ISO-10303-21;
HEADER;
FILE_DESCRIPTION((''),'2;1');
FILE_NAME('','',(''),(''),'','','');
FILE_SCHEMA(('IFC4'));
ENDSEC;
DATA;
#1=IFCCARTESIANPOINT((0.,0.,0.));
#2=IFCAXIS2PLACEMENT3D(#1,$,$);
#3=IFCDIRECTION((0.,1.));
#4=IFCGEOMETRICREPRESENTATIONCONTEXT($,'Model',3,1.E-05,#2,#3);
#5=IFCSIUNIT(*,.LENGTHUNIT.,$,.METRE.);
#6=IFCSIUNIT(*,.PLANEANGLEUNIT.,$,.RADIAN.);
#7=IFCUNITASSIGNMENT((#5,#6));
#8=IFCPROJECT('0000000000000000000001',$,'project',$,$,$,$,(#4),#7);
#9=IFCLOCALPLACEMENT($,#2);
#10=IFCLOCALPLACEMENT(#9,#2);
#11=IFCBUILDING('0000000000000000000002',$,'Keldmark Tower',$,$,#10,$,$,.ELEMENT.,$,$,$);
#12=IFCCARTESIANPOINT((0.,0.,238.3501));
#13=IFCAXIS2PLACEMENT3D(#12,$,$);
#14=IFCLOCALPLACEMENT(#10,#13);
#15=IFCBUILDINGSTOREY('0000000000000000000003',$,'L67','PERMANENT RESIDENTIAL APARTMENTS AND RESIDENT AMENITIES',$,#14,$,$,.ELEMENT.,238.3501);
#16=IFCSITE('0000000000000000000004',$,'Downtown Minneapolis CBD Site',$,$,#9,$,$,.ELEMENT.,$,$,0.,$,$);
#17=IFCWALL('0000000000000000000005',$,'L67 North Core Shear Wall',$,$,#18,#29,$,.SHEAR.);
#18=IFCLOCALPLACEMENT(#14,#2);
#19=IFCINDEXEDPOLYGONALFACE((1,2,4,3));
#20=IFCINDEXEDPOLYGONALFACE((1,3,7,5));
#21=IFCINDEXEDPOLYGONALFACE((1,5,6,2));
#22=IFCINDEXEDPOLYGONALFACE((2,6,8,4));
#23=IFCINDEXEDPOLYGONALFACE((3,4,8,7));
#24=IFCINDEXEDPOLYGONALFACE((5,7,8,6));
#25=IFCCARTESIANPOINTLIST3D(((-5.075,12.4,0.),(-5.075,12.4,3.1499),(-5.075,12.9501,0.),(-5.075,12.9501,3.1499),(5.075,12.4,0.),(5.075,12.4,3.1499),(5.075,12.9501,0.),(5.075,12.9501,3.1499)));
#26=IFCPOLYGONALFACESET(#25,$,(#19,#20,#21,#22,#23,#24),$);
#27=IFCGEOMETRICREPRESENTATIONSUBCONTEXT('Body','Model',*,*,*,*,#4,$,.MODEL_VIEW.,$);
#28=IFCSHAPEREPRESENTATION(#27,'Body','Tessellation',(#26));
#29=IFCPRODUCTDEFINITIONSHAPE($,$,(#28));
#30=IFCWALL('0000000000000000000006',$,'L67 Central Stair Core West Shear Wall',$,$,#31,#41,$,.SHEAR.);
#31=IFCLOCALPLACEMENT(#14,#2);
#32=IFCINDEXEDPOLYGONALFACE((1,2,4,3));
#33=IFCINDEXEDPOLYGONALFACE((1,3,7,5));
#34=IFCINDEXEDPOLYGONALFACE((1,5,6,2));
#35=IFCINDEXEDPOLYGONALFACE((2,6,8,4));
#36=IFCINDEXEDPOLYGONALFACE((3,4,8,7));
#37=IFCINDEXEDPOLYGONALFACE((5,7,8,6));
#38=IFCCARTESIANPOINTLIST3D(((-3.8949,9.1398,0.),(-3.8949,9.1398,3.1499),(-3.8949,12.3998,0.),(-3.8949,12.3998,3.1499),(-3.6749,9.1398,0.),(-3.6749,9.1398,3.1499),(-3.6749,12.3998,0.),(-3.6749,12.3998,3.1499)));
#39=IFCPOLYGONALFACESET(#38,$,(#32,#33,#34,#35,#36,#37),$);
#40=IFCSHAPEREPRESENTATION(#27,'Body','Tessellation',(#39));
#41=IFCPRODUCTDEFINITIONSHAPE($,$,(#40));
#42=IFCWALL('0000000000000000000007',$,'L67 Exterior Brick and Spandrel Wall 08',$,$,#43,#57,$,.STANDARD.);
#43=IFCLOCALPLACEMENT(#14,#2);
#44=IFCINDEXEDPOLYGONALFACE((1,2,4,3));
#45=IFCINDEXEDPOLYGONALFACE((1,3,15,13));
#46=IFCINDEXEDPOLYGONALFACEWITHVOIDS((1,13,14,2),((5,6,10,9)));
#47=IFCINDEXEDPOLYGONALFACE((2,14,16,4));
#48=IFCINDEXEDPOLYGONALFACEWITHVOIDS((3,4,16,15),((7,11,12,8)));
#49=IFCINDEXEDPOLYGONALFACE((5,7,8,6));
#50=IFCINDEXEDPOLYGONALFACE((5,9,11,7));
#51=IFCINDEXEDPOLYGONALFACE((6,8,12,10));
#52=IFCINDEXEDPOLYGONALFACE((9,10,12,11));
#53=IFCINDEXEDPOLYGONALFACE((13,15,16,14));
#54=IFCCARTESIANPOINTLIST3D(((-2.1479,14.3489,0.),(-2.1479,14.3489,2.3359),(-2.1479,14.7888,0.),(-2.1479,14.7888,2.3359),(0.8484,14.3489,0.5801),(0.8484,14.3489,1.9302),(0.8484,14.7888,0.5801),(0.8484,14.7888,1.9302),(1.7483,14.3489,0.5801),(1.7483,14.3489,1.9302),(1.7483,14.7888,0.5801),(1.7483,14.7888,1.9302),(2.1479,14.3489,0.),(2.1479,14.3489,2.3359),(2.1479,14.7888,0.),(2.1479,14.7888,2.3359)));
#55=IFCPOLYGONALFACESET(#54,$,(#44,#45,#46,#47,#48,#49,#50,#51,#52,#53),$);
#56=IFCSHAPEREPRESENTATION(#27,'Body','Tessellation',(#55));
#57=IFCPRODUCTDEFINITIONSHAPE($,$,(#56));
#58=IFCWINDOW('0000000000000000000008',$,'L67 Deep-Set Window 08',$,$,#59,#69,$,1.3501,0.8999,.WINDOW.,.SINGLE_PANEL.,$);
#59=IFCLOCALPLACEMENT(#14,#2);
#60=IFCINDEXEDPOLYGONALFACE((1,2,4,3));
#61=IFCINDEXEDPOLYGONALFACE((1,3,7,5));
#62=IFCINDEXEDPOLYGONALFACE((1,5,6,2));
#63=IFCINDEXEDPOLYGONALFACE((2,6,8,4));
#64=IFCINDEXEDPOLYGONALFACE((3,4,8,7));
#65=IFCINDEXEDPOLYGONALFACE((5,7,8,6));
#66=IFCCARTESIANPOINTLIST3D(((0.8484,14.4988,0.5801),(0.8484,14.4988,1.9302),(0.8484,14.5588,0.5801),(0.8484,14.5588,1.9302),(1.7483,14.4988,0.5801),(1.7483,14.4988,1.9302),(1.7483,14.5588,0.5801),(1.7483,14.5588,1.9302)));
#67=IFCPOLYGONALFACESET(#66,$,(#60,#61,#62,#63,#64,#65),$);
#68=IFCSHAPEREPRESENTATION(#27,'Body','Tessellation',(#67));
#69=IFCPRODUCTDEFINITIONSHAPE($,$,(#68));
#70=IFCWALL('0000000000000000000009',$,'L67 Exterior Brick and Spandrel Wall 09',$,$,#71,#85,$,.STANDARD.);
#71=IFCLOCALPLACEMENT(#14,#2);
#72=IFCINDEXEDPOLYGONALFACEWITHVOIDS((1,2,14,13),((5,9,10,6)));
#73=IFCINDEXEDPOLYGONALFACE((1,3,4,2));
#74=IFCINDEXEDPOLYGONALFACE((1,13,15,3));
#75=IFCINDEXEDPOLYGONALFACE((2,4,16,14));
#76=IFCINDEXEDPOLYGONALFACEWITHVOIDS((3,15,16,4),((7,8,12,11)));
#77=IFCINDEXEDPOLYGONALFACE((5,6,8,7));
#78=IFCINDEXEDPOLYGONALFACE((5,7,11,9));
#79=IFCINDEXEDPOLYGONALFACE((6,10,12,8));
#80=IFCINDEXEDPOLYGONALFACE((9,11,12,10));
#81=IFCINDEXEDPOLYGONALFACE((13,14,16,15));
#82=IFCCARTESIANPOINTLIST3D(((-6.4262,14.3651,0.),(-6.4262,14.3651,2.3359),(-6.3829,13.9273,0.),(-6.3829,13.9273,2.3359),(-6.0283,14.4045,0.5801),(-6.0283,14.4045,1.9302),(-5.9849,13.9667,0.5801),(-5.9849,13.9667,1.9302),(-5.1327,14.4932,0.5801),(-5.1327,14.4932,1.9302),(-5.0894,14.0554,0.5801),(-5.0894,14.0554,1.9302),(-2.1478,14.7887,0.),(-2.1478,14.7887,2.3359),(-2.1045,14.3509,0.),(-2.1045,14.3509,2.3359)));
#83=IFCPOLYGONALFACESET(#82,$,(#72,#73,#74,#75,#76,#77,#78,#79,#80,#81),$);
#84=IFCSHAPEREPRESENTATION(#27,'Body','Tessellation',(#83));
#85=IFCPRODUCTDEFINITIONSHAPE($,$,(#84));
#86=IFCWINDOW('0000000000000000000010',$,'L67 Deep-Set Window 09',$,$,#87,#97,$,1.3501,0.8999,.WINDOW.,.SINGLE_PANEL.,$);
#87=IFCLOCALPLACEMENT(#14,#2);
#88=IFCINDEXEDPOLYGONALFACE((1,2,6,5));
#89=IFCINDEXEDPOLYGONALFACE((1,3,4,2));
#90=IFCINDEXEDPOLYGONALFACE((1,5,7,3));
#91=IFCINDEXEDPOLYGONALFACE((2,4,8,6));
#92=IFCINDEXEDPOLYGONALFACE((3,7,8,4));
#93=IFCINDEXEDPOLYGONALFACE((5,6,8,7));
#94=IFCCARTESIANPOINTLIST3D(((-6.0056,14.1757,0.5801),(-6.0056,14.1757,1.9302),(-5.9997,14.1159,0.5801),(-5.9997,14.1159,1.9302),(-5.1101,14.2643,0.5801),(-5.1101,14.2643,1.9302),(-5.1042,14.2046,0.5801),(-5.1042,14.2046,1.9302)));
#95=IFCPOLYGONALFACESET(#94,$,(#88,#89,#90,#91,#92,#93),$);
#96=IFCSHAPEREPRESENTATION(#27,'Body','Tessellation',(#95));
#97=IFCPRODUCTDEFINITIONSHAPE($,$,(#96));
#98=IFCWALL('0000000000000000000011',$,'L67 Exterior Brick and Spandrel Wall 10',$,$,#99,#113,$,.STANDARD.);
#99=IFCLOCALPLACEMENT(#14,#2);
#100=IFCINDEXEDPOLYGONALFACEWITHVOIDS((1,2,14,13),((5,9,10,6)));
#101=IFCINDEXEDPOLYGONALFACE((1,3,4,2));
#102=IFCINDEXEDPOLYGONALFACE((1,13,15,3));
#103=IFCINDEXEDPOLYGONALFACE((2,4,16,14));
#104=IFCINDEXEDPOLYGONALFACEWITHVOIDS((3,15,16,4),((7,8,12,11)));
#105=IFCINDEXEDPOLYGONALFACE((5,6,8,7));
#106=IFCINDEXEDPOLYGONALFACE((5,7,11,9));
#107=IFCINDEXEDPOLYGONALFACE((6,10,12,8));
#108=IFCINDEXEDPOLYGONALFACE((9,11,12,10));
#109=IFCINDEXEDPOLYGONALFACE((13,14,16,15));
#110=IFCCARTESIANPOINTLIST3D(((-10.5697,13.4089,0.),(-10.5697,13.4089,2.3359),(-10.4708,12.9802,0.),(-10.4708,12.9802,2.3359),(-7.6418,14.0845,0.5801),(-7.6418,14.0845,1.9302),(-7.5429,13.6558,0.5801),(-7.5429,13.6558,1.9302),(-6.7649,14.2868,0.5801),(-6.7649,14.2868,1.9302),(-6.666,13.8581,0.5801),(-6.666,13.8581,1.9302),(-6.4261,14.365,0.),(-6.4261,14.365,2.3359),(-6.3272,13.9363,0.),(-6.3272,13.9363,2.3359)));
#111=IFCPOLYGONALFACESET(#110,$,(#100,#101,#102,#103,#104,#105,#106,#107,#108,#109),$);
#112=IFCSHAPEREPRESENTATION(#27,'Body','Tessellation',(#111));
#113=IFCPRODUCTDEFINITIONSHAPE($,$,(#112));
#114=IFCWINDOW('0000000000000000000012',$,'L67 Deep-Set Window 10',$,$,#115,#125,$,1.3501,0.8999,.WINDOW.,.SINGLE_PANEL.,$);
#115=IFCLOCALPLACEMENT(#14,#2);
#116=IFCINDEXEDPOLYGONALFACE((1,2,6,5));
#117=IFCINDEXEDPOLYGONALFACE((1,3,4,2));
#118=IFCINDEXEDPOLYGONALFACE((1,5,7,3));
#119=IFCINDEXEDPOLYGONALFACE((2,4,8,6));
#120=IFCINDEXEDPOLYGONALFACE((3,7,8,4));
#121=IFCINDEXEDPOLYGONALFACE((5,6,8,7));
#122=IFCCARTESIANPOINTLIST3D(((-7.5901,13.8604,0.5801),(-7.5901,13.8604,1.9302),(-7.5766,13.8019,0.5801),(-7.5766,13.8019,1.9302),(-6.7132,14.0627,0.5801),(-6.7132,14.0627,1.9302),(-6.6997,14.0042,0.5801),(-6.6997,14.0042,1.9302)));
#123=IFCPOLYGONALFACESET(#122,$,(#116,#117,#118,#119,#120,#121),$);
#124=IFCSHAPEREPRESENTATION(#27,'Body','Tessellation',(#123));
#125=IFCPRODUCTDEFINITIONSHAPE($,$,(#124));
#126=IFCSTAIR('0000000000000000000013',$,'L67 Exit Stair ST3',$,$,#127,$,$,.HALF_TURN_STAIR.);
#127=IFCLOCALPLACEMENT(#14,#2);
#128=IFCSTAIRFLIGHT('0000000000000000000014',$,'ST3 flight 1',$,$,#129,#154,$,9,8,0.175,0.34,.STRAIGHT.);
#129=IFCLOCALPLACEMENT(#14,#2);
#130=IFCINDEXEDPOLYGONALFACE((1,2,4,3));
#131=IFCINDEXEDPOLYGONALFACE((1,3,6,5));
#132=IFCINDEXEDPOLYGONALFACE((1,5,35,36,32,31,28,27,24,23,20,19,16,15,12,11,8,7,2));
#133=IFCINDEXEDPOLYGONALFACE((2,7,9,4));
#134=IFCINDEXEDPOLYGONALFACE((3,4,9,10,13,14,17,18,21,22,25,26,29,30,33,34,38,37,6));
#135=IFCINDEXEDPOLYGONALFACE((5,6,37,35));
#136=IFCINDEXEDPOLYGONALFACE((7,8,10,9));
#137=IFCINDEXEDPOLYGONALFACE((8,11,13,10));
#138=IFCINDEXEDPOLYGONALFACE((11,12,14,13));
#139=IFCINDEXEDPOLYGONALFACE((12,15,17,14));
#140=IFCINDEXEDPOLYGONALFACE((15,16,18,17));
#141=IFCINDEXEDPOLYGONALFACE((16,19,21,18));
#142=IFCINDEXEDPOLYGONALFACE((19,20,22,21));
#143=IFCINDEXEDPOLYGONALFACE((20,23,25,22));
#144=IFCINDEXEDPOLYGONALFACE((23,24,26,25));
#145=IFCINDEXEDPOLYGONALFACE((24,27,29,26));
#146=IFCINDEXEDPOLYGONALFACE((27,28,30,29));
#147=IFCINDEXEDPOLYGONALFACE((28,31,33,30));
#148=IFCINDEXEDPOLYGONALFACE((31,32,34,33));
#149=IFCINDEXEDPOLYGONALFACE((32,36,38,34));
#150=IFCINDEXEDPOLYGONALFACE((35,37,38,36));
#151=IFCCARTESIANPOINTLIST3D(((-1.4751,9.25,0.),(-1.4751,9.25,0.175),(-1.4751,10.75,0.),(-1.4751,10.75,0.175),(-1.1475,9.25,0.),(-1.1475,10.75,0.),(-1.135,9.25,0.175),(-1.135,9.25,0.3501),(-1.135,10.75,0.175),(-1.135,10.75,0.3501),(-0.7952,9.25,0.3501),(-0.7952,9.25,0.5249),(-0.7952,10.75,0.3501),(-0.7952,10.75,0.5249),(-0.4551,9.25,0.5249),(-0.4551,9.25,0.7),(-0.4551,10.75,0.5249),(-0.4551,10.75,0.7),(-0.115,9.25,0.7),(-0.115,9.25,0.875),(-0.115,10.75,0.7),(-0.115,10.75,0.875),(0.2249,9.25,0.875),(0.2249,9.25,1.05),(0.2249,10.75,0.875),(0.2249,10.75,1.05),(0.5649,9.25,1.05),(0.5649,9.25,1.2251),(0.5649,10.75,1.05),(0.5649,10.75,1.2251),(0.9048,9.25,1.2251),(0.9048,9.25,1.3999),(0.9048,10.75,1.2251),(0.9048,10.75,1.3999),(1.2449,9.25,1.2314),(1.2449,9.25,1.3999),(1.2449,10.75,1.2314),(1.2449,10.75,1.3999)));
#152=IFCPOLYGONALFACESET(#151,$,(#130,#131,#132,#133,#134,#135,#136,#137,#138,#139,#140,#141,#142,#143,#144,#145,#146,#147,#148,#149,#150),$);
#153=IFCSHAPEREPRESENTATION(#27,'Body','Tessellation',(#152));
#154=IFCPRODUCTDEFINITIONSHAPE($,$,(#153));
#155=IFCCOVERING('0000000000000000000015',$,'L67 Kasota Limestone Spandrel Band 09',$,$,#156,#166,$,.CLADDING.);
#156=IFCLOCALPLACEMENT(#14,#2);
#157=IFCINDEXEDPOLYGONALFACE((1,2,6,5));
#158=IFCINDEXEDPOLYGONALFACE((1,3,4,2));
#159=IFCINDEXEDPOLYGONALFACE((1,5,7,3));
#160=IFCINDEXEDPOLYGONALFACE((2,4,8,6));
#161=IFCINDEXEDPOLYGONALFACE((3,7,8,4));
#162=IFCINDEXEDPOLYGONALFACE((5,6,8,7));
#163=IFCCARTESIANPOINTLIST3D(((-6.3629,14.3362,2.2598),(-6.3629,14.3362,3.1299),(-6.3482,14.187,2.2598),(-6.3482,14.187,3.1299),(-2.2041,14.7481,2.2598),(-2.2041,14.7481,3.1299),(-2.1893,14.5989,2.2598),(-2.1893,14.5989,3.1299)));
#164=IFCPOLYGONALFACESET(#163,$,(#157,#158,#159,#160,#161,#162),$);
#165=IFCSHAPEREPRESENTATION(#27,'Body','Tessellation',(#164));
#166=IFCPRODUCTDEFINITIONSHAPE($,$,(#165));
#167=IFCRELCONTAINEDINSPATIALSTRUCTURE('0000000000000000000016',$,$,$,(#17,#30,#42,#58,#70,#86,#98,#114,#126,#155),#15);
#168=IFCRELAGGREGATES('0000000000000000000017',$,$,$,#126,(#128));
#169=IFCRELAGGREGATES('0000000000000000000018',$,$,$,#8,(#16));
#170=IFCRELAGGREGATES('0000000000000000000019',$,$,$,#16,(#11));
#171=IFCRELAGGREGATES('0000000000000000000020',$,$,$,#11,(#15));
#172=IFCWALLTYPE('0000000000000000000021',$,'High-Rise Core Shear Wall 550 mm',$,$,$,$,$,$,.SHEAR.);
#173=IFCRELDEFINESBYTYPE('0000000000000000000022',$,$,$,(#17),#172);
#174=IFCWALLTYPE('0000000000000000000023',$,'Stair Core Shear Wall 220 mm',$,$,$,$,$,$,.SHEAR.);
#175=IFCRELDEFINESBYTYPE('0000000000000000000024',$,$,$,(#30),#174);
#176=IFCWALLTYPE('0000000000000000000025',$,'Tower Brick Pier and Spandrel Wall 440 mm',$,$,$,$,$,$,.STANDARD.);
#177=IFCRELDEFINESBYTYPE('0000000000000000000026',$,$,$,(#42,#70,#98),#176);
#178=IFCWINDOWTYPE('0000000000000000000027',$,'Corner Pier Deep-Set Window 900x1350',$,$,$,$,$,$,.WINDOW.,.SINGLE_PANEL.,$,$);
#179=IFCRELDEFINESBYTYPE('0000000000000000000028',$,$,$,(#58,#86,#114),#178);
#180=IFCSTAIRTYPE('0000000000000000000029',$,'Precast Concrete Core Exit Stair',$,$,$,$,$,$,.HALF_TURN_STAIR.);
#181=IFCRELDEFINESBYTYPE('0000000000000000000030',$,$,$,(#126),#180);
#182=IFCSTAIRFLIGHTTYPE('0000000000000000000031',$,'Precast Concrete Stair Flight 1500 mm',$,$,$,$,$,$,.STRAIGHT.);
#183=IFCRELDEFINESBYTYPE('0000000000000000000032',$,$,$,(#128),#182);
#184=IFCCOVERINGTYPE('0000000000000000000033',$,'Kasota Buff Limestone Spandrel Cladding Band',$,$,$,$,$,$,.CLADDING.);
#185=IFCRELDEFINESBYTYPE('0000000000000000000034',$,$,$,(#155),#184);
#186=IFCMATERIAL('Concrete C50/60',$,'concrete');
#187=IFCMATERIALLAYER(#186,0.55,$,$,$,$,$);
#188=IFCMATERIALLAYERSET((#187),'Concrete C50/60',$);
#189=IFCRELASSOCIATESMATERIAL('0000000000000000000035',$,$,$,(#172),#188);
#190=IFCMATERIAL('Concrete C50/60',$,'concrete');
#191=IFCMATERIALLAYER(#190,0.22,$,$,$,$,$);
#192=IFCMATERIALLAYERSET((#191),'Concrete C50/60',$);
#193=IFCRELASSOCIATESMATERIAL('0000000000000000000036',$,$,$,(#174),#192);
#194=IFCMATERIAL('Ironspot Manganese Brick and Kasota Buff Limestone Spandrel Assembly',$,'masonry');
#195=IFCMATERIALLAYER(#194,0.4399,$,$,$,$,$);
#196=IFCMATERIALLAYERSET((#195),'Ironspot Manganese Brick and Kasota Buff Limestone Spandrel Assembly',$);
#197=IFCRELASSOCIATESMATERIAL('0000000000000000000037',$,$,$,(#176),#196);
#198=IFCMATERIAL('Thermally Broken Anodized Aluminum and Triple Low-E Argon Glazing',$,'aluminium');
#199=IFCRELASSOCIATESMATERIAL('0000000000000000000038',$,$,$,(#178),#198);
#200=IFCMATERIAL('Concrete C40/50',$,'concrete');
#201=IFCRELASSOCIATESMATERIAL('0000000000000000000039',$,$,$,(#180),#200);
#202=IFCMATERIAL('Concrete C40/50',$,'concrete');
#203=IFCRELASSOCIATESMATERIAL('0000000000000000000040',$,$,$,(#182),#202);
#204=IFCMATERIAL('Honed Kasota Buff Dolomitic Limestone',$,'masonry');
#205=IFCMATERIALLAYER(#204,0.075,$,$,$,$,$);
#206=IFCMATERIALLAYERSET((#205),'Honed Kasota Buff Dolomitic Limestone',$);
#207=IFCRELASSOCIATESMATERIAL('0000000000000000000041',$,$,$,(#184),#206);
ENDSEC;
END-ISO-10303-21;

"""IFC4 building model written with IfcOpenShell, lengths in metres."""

from ifc_helpers import new_model, si_unit, direction, frame, frame_2d, origin, origin_2d, place, context, subcontext, project, spatial, polyline, rectangle, outline, extrude, material, layer, layer_set, type_object, element, fill, aggregate, save


model = new_model("IFC4")

# Units and contexts
model_context = context("Model", 3, precision=1e-05, world=origin(), true_north=direction((0.0, 1.0)))
body_context = subcontext(model_context, "Body", "Model", "MODEL_VIEW")
ifc_project = project(units=[si_unit("LENGTHUNIT", "METRE"), si_unit("PLANEANGLEUNIT", "RADIAN")], contexts=[model_context])

# Site, building, storey
site_placement = place(None, origin())
site = spatial("IfcSite", under=ifc_project, at=site_placement, Name="Downtown Minneapolis CBD Site", CompositionType="ELEMENT", RefElevation=0.0)
building_placement = place(site_placement, origin())
building = spatial("IfcBuilding", under=site, at=building_placement, Name="Keldmark Tower", CompositionType="ELEMENT")
storey_placement = place(building_placement, frame((0.0, 0.0, 238.3501)))
storey = spatial("IfcBuildingStorey", under=building, at=storey_placement, Name="L67", Description="PERMANENT RESIDENTIAL APARTMENTS AND RESIDENT AMENITIES", CompositionType="ELEMENT", Elevation=238.3501)

# Walls
ifc_material_1 = material(Name="Concrete C50/60", Category="concrete")
ifc_layer_1 = layer(ifc_material_1, 0.55)
ifc_layer_set_1 = layer_set([ifc_layer_1], Name="Concrete C50/60")
wall_type_1 = type_object("IfcWallType", Name="High-Rise Core Shear Wall 550 mm", PredefinedType="SHEAR", material=ifc_layer_set_1)
wall_1_placement = place(storey_placement, frame((-5.075, 12.675, 0.0), z_axis=(0.0, 0.0, 1.0), x_axis=(1.0, 0.0, 0.0)))
element("IfcWall", 1, at=wall_1_placement, inside=storey, type_object=wall_type_1, Name="L67 North Core Shear Wall", PredefinedType="SHEAR", context=body_context, shape_type="SweptSolid", body=[
    extrude(rectangle(XDim=10.1499, YDim=0.55, at=frame_2d((5.075, 0.0))), origin(), (0.0, 0.0, 1.0), 3.1499),
])
ifc_material_2 = material(Name="Concrete C50/60", Category="concrete")
ifc_layer_2 = layer(ifc_material_2, 0.22)
ifc_layer_set_2 = layer_set([ifc_layer_2], Name="Concrete C50/60")
wall_type_2 = type_object("IfcWallType", Name="Stair Core Shear Wall 220 mm", PredefinedType="SHEAR", material=ifc_layer_set_2)
wall_2_placement = place(storey_placement, frame((-3.7849, 9.1399, 0.0), z_axis=(0.0, 0.0, 1.0), x_axis=(0.0, 1.0, 0.0)))
element("IfcWall", 2, at=wall_2_placement, inside=storey, type_object=wall_type_2, Name="L67 Central Stair Core West Shear Wall", PredefinedType="SHEAR", context=body_context, shape_type="SweptSolid", body=[
    extrude(rectangle(XDim=3.26, YDim=0.22, at=frame_2d((1.6299, 0.0))), origin(), (0.0, 0.0, 1.0), 3.1499),
])

# Walls, openings, windows
ifc_material_3 = material(Name="Ironspot Manganese Brick and Kasota Buff Limestone Spandrel Assembly", Category="masonry")
ifc_layer_3 = layer(ifc_material_3, 0.4399)
ifc_layer_set_3 = layer_set([ifc_layer_3], Name="Ironspot Manganese Brick and Kasota Buff Limestone Spandrel Assembly")
wall_type_3 = type_object("IfcWallType", Name="Tower Brick Pier and Spandrel Wall 440 mm", PredefinedType="STANDARD", material=ifc_layer_set_3)
wall_3_placement = place(storey_placement, frame((-2.1479, 14.5688, 0.0), z_axis=(0.0, 0.0, 1.0), x_axis=(1.0, 0.0, 0.0)))
wall_3 = element("IfcWall", 3, at=wall_3_placement, inside=storey, type_object=wall_type_3, Name="L67 Exterior Brick and Spandrel Wall 08", PredefinedType="STANDARD", context=body_context, shape_type="SweptSolid", body=[
    extrude(rectangle(XDim=4.2959, YDim=0.4399, at=frame_2d((2.1479, 0.0))), origin(), (0.0, 0.0, 1.0), 2.3359),
])
opening_1_placement = place(wall_3_placement, frame((2.9963, 0.0, 0.5801)))
opening_1 = element("IfcOpeningElement", 4, at=opening_1_placement, cuts=wall_3, PredefinedType="OPENING", context=body_context, shape_type="SweptSolid", body=[
    extrude(rectangle(XDim=0.8999, YDim=1.3501, at=frame_2d((0.45, 0.675))), frame((0.0, 0.23, 0.0), z_axis=(0.0, -1.0, 0.0), x_axis=(1.0, 0.0, 0.0)), (0.0, 0.0, 1.0), 0.46),
])
ifc_material_4 = material(Name="Thermally Broken Anodized Aluminum and Triple Low-E Argon Glazing", Category="aluminium")
window_type = type_object("IfcWindowType", Name="Corner Pier Deep-Set Window 900x1350", PartitioningType="SINGLE_PANEL", PredefinedType="WINDOW", material=ifc_material_4)
window_1_placement = place(opening_1_placement, origin())
window_1 = element("IfcWindow", 5, at=window_1_placement, inside=storey, type_object=window_type, Name="L67 Deep-Set Window 08", OverallHeight=1.3501, OverallWidth=0.8999, PartitioningType="SINGLE_PANEL", PredefinedType="WINDOW", context=body_context, shape_type="SweptSolid", body=[
    extrude(rectangle(XDim=0.8999, YDim=1.3501, at=frame_2d((0.45, 0.675))), frame((0.0, -0.01, 0.0), z_axis=(0.0, -1.0, 0.0), x_axis=(1.0, 0.0, 0.0)), (0.0, 0.0, 1.0), 0.0601),
])
fill(opening_1, window_1)
wall_4_placement = place(storey_placement, frame((-6.4045, 14.1462, 0.0), z_axis=(0.0, 0.0, 1.0), x_axis=(0.995135, 0.098525, 0.0)))
wall_4 = element("IfcWall", 6, at=wall_4_placement, inside=storey, type_object=wall_type_3, Name="L67 Exterior Brick and Spandrel Wall 09", PredefinedType="STANDARD", context=body_context, shape_type="SweptSolid", body=[
    extrude(rectangle(XDim=4.2993, YDim=0.4399, at=frame_2d((2.1497, 0.0))), origin(), (0.0, 0.0, 1.0), 2.3359),
])
opening_2_placement = place(wall_4_placement, frame((0.3999, 0.0, 0.5801)))
opening_2 = element("IfcOpeningElement", 7, at=opening_2_placement, cuts=wall_4, PredefinedType="OPENING", context=body_context, shape_type="SweptSolid", body=[
    extrude(rectangle(XDim=0.8999, YDim=1.3501, at=frame_2d((0.45, 0.675))), frame((0.0, 0.23, 0.0), z_axis=(0.0, -1.0, 0.0), x_axis=(1.0, 0.0, 0.0)), (0.0, 0.0, 1.0), 0.46),
])
window_2_placement = place(opening_2_placement, origin())
window_2 = element("IfcWindow", 8, at=window_2_placement, inside=storey, type_object=window_type, Name="L67 Deep-Set Window 09", OverallHeight=1.3501, OverallWidth=0.8999, PartitioningType="SINGLE_PANEL", PredefinedType="WINDOW", context=body_context, shape_type="SweptSolid", body=[
    extrude(rectangle(XDim=0.8999, YDim=1.3501, at=frame_2d((0.45, 0.675))), frame((0.0, -0.01, 0.0), z_axis=(0.0, -1.0, 0.0), x_axis=(1.0, 0.0, 0.0)), (0.0, 0.0, 1.0), 0.0601),
])
fill(opening_2, window_2)
wall_5_placement = place(storey_placement, frame((-10.5203, 13.1946, 0.0), z_axis=(0.0, 0.0, 1.0), x_axis=(0.974399, 0.224826, 0.0)))
wall_5 = element("IfcWall", 9, at=wall_5_placement, inside=storey, type_object=wall_type_3, Name="L67 Exterior Brick and Spandrel Wall 10", PredefinedType="STANDARD", context=body_context, shape_type="SweptSolid", body=[
    extrude(rectangle(XDim=4.2524, YDim=0.4399, at=frame_2d((2.1262, 0.0))), origin(), (0.0, 0.0, 1.0), 2.3359),
])
opening_3_placement = place(wall_5_placement, frame((3.0049, 0.0, 0.5801)))
opening_3 = element("IfcOpeningElement", 10, at=opening_3_placement, cuts=wall_5, PredefinedType="OPENING", context=body_context, shape_type="SweptSolid", body=[
    extrude(rectangle(XDim=0.8999, YDim=1.3501, at=frame_2d((0.45, 0.675))), frame((0.0, 0.23, 0.0), z_axis=(0.0, -1.0, 0.0), x_axis=(1.0, 0.0, 0.0)), (0.0, 0.0, 1.0), 0.46),
])
window_3_placement = place(opening_3_placement, origin())
window_3 = element("IfcWindow", 11, at=window_3_placement, inside=storey, type_object=window_type, Name="L67 Deep-Set Window 10", OverallHeight=1.3501, OverallWidth=0.8999, PartitioningType="SINGLE_PANEL", PredefinedType="WINDOW", context=body_context, shape_type="SweptSolid", body=[
    extrude(rectangle(XDim=0.8999, YDim=1.3501, at=frame_2d((0.45, 0.675))), frame((0.0, -0.01, 0.0), z_axis=(0.0, -1.0, 0.0), x_axis=(1.0, 0.0, 0.0)), (0.0, 0.0, 1.0), 0.0601),
])
fill(opening_3, window_3)

# Stair, stair flight
ifc_material_5 = material(Name="Concrete C40/50", Category="concrete")
stair_type = type_object("IfcStairType", Name="Precast Concrete Core Exit Stair", PredefinedType="HALF_TURN_STAIR", material=ifc_material_5)
stair_placement = place(storey_placement, origin())
stair = element("IfcStair", 12, at=stair_placement, inside=storey, type_object=stair_type, Name="L67 Exit Stair ST3", PredefinedType="HALF_TURN_STAIR")
ifc_material_6 = material(Name="Concrete C40/50", Category="concrete")
stair_flight_type = type_object("IfcStairFlightType", Name="Precast Concrete Stair Flight 1500 mm", PredefinedType="STRAIGHT", material=ifc_material_6)
stair_flight_placement = place(storey_placement, frame((-1.4751, 10.0, 0.0), z_axis=(0.0, 0.0, 1.0), x_axis=(1.0, 0.0, 0.0)))
stair_flight = element("IfcStairFlight", 13, at=stair_flight_placement, type_object=stair_flight_type, Name="ST3 flight 1", NumberOfRisers=9, NumberOfTreads=8, PredefinedType="STRAIGHT", RiserHeight=0.175, TreadLength=0.34, context=body_context, shape_type="SweptSolid", body=[
    extrude(outline(polyline([(0.0, 0.0), (0.0, 0.175), (0.3401, 0.175), (0.3401, 0.3501), (0.6799, 0.3501), (0.6799, 0.5249), (1.02, 0.5249), (1.02, 0.7), (1.3601, 0.7), (1.3601, 0.875), (1.7, 0.875), (1.7, 1.05), (2.04, 1.05), (2.04, 1.2251), (2.3799, 1.2251), (2.3799, 1.3999), (2.72, 1.3999), (2.72, 1.575), (2.72, 1.2314), (0.3276, 0.0), (0.0, 0.0)])), frame((0.0, 0.75, 0.0), z_axis=(0.0, -1.0, 0.0), x_axis=(1.0, 0.0, 0.0)), (0.0, 0.0, 1.0), 1.5),
])
aggregate(stair, [stair_flight])

# Covering
ifc_material_7 = material(Name="Honed Kasota Buff Dolomitic Limestone", Category="masonry")
ifc_layer_4 = layer(ifc_material_7, 0.075)
ifc_layer_set_4 = layer_set([ifc_layer_4], Name="Honed Kasota Buff Dolomitic Limestone")
covering_type = type_object("IfcCoveringType", Name="Kasota Buff Limestone Spandrel Cladding Band", PredefinedType="CLADDING", material=ifc_layer_set_4)
covering_placement = place(storey_placement, frame((-4.2761, 14.4675, 2.2598), z_axis=(0.0, 0.0, 1.0), x_axis=(-0.995132, -0.098556, 0.0)))
element("IfcCovering", 14, at=covering_placement, inside=storey, type_object=covering_type, Name="L67 Kasota Limestone Spandrel Band 09", PredefinedType="CLADDING", context=body_context, shape_type="SweptSolid", body=[
    extrude(rectangle(XDim=4.1792, YDim=0.1499, at=origin_2d()), origin(), (0.0, 0.0, 1.0), 0.8701),
])

save(model, "model.ifc")
